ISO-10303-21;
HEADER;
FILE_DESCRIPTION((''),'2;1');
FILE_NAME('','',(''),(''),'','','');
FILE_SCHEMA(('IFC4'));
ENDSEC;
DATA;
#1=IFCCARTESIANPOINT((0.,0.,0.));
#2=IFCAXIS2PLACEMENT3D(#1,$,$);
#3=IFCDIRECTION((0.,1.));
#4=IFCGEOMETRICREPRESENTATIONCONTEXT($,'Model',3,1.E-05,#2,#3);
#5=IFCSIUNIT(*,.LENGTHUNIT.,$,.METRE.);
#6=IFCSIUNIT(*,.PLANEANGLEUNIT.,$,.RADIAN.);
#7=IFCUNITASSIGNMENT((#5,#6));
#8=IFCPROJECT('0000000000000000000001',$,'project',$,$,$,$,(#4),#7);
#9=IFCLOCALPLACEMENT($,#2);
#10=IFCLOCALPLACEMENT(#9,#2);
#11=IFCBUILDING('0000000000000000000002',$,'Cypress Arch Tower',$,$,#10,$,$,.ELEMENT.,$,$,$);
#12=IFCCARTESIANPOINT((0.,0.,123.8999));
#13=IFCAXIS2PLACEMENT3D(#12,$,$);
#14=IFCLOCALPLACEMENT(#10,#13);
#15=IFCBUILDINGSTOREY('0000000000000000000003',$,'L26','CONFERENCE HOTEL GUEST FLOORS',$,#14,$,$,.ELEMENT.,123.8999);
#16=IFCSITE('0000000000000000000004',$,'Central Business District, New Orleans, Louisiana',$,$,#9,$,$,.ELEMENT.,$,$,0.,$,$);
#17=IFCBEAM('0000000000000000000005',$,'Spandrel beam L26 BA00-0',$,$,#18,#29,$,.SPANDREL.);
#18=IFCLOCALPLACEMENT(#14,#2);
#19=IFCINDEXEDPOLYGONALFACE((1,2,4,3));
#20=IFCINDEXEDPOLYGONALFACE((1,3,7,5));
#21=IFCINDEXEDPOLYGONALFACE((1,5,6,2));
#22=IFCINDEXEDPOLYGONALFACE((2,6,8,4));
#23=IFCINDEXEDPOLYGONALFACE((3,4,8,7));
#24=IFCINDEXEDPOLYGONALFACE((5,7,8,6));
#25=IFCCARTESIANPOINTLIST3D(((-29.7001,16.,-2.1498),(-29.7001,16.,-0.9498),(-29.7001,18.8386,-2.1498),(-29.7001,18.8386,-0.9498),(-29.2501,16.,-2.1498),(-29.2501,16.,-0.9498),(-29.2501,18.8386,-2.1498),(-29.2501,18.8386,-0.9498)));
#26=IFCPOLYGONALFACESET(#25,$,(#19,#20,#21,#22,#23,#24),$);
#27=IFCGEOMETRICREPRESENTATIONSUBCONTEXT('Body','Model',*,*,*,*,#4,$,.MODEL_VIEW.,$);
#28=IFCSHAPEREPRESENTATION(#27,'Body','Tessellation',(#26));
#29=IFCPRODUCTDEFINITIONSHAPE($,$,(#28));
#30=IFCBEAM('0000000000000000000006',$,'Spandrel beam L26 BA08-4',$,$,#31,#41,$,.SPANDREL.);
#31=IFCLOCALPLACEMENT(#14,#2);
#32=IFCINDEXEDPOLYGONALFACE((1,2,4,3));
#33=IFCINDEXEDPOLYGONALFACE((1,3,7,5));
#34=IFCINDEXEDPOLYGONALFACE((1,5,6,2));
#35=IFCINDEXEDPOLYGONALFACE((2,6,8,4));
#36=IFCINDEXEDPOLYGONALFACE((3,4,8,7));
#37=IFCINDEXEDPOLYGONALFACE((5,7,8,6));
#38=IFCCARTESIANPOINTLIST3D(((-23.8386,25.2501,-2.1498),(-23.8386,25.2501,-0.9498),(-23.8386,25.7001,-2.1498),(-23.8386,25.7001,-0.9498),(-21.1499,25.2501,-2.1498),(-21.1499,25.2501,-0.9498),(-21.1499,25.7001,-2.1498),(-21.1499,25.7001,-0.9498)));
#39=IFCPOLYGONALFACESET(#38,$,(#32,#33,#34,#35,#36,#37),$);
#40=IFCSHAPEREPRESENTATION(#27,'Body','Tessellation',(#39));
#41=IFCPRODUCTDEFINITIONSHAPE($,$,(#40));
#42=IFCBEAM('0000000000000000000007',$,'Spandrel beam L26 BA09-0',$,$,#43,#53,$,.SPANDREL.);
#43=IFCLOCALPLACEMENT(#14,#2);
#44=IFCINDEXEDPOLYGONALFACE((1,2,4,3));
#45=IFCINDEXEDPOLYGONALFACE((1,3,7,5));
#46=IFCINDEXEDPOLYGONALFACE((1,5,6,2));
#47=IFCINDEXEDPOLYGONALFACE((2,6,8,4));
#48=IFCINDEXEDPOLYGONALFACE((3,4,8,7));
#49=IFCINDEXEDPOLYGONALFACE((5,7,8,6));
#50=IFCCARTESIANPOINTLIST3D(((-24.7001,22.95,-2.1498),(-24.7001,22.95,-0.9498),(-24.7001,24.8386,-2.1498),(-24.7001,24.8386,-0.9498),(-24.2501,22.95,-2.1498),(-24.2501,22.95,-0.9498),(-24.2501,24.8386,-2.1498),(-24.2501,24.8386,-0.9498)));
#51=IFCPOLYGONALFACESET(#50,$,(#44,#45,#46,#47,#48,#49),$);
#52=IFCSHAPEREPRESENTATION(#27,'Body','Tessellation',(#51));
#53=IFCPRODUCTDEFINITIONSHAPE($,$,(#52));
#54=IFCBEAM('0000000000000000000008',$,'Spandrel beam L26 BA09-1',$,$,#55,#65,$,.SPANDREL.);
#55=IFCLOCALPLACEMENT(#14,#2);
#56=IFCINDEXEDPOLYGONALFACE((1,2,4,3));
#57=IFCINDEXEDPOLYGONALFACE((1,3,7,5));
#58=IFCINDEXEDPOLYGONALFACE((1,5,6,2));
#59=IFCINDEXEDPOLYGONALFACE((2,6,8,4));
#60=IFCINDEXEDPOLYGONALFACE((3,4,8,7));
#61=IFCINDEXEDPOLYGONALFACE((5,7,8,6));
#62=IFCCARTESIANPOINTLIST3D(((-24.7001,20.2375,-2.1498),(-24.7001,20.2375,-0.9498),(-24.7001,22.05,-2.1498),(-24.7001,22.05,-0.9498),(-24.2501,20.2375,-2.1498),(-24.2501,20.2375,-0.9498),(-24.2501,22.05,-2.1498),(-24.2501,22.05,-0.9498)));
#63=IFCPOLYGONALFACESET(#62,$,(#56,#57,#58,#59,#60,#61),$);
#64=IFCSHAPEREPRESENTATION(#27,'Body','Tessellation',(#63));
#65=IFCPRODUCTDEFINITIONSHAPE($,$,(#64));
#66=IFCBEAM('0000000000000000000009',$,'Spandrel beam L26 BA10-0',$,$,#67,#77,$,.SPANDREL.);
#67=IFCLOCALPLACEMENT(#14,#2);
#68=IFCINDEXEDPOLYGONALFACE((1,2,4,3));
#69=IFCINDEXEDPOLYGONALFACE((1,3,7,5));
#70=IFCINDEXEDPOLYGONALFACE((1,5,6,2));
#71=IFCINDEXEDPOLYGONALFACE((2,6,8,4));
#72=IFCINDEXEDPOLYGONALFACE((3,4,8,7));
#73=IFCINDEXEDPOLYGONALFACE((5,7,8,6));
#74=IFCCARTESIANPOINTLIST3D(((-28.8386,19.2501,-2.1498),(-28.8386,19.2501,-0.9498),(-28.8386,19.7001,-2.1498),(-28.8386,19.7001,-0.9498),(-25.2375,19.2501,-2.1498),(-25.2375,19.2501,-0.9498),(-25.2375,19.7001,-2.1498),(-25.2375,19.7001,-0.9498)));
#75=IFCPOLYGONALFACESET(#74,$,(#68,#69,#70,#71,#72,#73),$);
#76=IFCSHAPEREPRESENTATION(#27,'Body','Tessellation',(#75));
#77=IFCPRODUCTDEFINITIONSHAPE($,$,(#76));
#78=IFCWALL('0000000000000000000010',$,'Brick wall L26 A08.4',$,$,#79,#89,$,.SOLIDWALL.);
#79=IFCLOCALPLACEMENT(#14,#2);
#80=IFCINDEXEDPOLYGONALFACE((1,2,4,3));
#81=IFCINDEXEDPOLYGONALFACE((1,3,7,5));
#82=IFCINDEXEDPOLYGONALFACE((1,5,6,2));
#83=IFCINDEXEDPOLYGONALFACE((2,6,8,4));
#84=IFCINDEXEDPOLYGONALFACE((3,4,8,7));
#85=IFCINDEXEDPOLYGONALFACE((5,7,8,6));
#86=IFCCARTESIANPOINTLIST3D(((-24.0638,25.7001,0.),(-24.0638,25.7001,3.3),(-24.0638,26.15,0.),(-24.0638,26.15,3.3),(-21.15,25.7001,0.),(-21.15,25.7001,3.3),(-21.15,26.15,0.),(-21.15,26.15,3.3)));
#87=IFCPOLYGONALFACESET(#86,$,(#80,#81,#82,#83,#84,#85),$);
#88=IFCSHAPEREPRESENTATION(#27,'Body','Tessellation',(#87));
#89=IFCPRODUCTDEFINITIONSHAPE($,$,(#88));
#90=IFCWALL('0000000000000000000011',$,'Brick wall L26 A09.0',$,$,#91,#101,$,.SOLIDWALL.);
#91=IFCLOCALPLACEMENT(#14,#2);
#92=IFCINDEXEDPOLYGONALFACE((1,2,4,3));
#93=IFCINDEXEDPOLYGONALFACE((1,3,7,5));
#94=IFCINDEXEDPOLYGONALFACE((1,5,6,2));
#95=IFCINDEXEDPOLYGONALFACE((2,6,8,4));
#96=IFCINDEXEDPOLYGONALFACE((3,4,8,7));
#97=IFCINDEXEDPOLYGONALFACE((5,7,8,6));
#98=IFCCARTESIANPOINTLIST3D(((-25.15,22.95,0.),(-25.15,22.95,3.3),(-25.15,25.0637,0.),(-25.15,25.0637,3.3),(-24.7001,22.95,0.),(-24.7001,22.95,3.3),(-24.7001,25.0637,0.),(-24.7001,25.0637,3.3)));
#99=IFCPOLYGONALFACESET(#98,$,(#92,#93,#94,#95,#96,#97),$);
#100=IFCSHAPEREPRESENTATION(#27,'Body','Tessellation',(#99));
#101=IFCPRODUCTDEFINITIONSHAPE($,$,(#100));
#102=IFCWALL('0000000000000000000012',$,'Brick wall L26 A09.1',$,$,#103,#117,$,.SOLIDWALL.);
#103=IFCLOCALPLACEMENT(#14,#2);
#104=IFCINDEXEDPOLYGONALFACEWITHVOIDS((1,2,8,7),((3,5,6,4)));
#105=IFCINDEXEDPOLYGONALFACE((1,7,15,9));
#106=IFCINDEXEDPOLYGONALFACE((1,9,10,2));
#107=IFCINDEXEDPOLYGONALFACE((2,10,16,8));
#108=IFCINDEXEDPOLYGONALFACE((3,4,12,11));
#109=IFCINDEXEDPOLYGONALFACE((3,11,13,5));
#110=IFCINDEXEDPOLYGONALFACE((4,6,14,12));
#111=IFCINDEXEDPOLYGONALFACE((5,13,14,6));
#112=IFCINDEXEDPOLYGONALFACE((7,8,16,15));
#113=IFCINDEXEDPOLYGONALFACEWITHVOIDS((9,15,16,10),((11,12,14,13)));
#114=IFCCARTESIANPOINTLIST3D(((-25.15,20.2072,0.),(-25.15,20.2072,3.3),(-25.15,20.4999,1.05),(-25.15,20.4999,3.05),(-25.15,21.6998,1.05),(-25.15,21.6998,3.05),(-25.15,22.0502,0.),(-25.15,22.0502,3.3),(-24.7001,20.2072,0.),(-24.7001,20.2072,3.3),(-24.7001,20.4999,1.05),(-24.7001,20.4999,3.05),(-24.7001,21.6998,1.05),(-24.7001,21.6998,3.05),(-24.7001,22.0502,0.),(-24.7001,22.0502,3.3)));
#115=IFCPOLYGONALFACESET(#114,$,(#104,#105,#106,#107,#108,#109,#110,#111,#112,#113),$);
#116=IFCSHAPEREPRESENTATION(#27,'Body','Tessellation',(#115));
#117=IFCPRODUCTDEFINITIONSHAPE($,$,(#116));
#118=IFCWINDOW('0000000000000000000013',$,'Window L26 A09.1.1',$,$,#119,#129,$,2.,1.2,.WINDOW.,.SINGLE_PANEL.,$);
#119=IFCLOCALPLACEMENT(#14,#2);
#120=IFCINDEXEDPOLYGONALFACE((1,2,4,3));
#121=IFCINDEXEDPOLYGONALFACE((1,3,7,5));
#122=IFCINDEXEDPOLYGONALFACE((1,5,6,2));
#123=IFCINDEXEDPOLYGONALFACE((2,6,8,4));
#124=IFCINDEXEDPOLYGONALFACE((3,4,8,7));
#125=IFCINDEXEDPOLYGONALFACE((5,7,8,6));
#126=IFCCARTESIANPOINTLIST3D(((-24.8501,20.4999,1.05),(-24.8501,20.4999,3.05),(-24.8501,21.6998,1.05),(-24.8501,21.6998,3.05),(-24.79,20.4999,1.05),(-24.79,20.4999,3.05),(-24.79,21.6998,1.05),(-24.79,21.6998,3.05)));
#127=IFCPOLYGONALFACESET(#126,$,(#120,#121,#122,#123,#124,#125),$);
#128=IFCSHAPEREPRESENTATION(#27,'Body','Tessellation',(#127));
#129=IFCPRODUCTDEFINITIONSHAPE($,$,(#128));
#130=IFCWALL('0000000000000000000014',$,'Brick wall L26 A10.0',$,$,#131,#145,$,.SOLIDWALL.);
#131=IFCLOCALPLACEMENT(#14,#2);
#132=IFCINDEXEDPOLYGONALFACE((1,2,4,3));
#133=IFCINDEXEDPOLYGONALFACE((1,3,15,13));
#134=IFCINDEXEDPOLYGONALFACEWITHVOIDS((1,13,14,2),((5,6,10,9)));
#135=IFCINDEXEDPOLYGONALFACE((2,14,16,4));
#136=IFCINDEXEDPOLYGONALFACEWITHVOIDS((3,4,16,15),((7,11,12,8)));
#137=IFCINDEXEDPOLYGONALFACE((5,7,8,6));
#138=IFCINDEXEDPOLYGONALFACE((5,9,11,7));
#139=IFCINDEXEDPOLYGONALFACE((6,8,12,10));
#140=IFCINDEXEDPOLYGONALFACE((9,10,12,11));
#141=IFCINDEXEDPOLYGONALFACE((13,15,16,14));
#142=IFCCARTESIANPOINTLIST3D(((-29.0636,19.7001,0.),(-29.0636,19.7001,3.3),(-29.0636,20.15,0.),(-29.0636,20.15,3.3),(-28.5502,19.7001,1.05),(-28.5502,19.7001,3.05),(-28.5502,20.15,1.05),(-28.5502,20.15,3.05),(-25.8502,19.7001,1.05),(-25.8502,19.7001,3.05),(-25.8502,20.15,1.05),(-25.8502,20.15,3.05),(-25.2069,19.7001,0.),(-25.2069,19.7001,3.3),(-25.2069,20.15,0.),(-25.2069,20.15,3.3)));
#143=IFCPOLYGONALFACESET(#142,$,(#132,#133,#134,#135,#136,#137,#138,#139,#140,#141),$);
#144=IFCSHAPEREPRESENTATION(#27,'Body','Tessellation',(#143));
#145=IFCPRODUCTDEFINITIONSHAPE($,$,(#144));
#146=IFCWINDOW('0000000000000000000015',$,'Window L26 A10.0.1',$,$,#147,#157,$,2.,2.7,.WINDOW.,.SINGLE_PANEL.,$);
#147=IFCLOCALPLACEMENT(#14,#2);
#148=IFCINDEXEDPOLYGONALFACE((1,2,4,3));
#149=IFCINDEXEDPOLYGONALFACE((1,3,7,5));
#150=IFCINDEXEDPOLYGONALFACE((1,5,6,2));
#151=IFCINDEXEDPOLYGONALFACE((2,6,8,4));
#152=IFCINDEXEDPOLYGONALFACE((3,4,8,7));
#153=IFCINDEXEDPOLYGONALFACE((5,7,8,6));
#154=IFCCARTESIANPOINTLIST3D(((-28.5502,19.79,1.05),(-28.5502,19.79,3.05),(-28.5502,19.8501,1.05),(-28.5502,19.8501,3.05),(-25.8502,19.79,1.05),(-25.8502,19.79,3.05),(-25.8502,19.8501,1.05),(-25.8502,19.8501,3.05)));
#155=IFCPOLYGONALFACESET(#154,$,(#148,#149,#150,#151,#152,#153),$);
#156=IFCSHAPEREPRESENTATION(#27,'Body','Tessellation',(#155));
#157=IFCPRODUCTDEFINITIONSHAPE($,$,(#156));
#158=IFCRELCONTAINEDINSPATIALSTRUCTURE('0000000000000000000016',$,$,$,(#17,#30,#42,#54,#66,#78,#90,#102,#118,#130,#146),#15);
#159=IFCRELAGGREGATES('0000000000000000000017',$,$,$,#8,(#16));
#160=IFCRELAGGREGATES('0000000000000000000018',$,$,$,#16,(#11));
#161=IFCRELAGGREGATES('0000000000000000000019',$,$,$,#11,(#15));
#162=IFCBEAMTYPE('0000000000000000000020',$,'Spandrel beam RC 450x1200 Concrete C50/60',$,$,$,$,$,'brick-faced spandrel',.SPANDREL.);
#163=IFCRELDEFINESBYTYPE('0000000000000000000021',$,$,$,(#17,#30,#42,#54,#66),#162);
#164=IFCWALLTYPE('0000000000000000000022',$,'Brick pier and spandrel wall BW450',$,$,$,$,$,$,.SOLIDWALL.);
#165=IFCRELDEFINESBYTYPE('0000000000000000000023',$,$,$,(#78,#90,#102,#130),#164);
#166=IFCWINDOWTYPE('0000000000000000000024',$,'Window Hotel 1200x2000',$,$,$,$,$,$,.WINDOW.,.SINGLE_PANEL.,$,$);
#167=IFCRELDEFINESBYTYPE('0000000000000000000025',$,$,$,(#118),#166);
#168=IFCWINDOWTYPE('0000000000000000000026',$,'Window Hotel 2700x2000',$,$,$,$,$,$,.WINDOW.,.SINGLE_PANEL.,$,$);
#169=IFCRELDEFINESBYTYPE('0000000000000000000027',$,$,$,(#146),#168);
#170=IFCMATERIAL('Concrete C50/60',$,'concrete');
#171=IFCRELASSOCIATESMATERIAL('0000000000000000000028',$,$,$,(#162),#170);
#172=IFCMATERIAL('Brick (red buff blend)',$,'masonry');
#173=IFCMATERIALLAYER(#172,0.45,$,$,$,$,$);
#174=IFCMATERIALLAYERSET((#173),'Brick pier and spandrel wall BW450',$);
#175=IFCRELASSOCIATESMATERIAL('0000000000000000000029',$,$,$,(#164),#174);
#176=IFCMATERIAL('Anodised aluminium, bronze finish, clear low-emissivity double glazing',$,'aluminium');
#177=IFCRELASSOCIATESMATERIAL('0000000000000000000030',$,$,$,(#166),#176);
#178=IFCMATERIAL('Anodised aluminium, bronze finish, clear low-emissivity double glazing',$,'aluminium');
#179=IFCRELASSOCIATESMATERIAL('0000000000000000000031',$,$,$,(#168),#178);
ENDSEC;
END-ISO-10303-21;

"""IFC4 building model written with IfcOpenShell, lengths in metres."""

from ifc_helpers import new_model, si_unit, direction, frame, frame_2d, origin, origin_2d, place, context, subcontext, project, spatial, rectangle, extrude, material, layer, layer_set, material_profile, profile_set, type_object, element, fill, save


model = new_model("IFC4")

# Units and contexts
model_context = context("Model", 3, precision=1e-05, world=origin(), true_north=direction((0.0, 1.0)))
body_context = subcontext(model_context, "Body", "Model", "MODEL_VIEW")
ifc_project = project(units=[si_unit("LENGTHUNIT", "METRE"), si_unit("PLANEANGLEUNIT", "RADIAN")], contexts=[model_context])

# Site, building, storey
site_placement = place(None, origin())
site = spatial("IfcSite", under=ifc_project, at=site_placement, Name="Central Business District, New Orleans, Louisiana", CompositionType="ELEMENT", RefElevation=0.0)
building_placement = place(site_placement, origin())
building = spatial("IfcBuilding", under=site, at=building_placement, Name="Cypress Arch Tower", CompositionType="ELEMENT")
storey_placement = place(building_placement, frame((0.0, 0.0, 123.8999)))
storey = spatial("IfcBuildingStorey", under=building, at=storey_placement, Name="L26", Description="CONFERENCE HOTEL GUEST FLOORS", CompositionType="ELEMENT", Elevation=123.8999)

# Beams
ifc_material_1 = material(Name="Concrete C50/60", Category="concrete")
ifc_material_profile_1 = material_profile(ifc_material_1, rectangle(XDim=0.45, YDim=1.2, at=origin_2d()), Name="RC 450x1200")
ifc_profile_set_1 = profile_set([ifc_material_profile_1], Name="Concrete C50/60")
beam_type_1 = type_object("IfcBeamType", Name="Spandrel beam RC 450x1200 Concrete C50/60", ElementType="brick-faced spandrel", PredefinedType="SPANDREL", material=ifc_profile_set_1)
beam_1_placement = place(storey_placement, frame((-29.4751, 18.8386, -1.5498), z_axis=(0.0, -1.0, 0.0), x_axis=(1.0, 0.0, 0.0)))
element("IfcBeam", 1, at=beam_1_placement, inside=storey, type_object=beam_type_1, Name="Spandrel beam L26 BA00-0", PredefinedType="SPANDREL", context=body_context, shape_type="SweptSolid", body=[
    extrude(rectangle(XDim=0.45, YDim=1.2, at=origin_2d()), origin(), (0.0, 0.0, 1.0), 2.8386),
])
beam_2_placement = place(storey_placement, frame((-21.1499, 25.4751, -1.5498), z_axis=(-1.0, 0.0, 0.0), x_axis=(0.0, -1.0, 0.0)))
element("IfcBeam", 2, at=beam_2_placement, inside=storey, type_object=beam_type_1, Name="Spandrel beam L26 BA08-4", PredefinedType="SPANDREL", context=body_context, shape_type="SweptSolid", body=[
    extrude(rectangle(XDim=0.45, YDim=1.2, at=origin_2d()), origin(), (0.0, 0.0, 1.0), 2.6887),
])
beam_3_placement = place(storey_placement, frame((-24.4751, 24.8386, -1.5498), z_axis=(0.0, -1.0, 0.0), x_axis=(1.0, 0.0, 0.0)))
element("IfcBeam", 3, at=beam_3_placement, inside=storey, type_object=beam_type_1, Name="Spandrel beam L26 BA09-0", PredefinedType="SPANDREL", context=body_context, shape_type="SweptSolid", body=[
    extrude(rectangle(XDim=0.45, YDim=1.2, at=origin_2d()), origin(), (0.0, 0.0, 1.0), 1.8887),
])
beam_4_placement = place(storey_placement, frame((-24.4751, 22.05, -1.5498), z_axis=(0.0, -1.0, 0.0), x_axis=(1.0, 0.0, 0.0)))
element("IfcBeam", 4, at=beam_4_placement, inside=storey, type_object=beam_type_1, Name="Spandrel beam L26 BA09-1", PredefinedType="SPANDREL", context=body_context, shape_type="SweptSolid", body=[
    extrude(rectangle(XDim=0.45, YDim=1.2, at=origin_2d()), origin(), (0.0, 0.0, 1.0), 1.8125),
])
beam_5_placement = place(storey_placement, frame((-25.2375, 19.4751, -1.5498), z_axis=(-1.0, 0.0, 0.0), x_axis=(0.0, -1.0, 0.0)))
element("IfcBeam", 5, at=beam_5_placement, inside=storey, type_object=beam_type_1, Name="Spandrel beam L26 BA10-0", PredefinedType="SPANDREL", context=body_context, shape_type="SweptSolid", body=[
    extrude(rectangle(XDim=0.45, YDim=1.2, at=origin_2d()), origin(), (0.0, 0.0, 1.0), 3.6011),
])

# Shared definitions
ifc_material_2 = material(Name="Brick (red buff blend)", Category="masonry")
ifc_layer_1 = layer(ifc_material_2, 0.45)
ifc_layer_set_1 = layer_set([ifc_layer_1], Name="Brick pier and spandrel wall BW450")
wall_type_1 = type_object("IfcWallType", Name="Brick pier and spandrel wall BW450", PredefinedType="SOLIDWALL", material=ifc_layer_set_1)

# Walls
wall_1_placement = place(storey_placement, frame((-21.1499, 25.925, 0.0), z_axis=(0.0, 0.0, 1.0), x_axis=(-1.0, 0.0, 0.0)))
element("IfcWall", 6, at=wall_1_placement, inside=storey, type_object=wall_type_1, Name="Brick wall L26 A08.4", PredefinedType="SOLIDWALL", context=body_context, shape_type="SweptSolid", body=[
    extrude(rectangle(XDim=2.9138, YDim=0.45, at=frame_2d((1.457, 0.0))), origin(), (0.0, 0.0, 1.0), 3.3),
])
wall_2_placement = place(storey_placement, frame((-24.925, 25.0637, 0.0), z_axis=(0.0, 0.0, 1.0), x_axis=(0.0, -1.0, 0.0)))
element("IfcWall", 7, at=wall_2_placement, inside=storey, type_object=wall_type_1, Name="Brick wall L26 A09.0", PredefinedType="SOLIDWALL", context=body_context, shape_type="SweptSolid", body=[
    extrude(rectangle(XDim=2.1138, YDim=0.45, at=frame_2d((1.0569, 0.0))), origin(), (0.0, 0.0, 1.0), 3.3),
])

# Walls, openings, windows
wall_3_placement = place(storey_placement, frame((-24.925, 22.05, 0.0), z_axis=(0.0, 0.0, 1.0), x_axis=(0.0, -1.0, 0.0)))
wall_3 = element("IfcWall", 8, at=wall_3_placement, inside=storey, type_object=wall_type_1, Name="Brick wall L26 A09.1", PredefinedType="SOLIDWALL", context=body_context, shape_type="SweptSolid", body=[
    extrude(rectangle(XDim=1.843, YDim=0.45, at=frame_2d((0.9214, 0.0))), origin(), (0.0, 0.0, 1.0), 3.3),
])
opening_1_placement = place(wall_3_placement, frame((0.3501, 0.0, 1.05)))
opening_1 = element("IfcOpeningElement", 9, at=opening_1_placement, cuts=wall_3, PredefinedType="OPENING", context=body_context, shape_type="SweptSolid", body=[
    extrude(rectangle(XDim=1.2, YDim=2.0, at=frame_2d((0.6001, 1.0))), frame((0.0, 0.2349, 0.0), z_axis=(0.0, -1.0, 0.0), x_axis=(1.0, 0.0, 0.0)), (0.0, 0.0, 1.0), 0.47),
])
ifc_material_3 = material(Name="Anodised aluminium, bronze finish, clear low-emissivity double glazing", Category="aluminium")
window_type_1 = type_object("IfcWindowType", Name="Window Hotel 1200x2000", PartitioningType="SINGLE_PANEL", PredefinedType="WINDOW", material=ifc_material_3)
window_1_placement = place(opening_1_placement, origin())
window_1 = element("IfcWindow", 10, at=window_1_placement, inside=storey, type_object=window_type_1, Name="Window L26 A09.1.1", OverallHeight=2.0, OverallWidth=1.2, PartitioningType="SINGLE_PANEL", PredefinedType="WINDOW", context=body_context, shape_type="SweptSolid", body=[
    extrude(rectangle(XDim=1.2, YDim=2.0, at=frame_2d((0.6001, 1.0))), frame((0.0, 0.135, 0.0), z_axis=(0.0, -1.0, 0.0), x_axis=(1.0, 0.0, 0.0)), (0.0, 0.0, 1.0), 0.0601),
])
fill(opening_1, window_1)
wall_4_placement = place(storey_placement, frame((-25.207, 19.925, 0.0), z_axis=(0.0, 0.0, 1.0), x_axis=(-1.0, 0.0, 0.0)))
wall_4 = element("IfcWall", 11, at=wall_4_placement, inside=storey, type_object=wall_type_1, Name="Brick wall L26 A10.0", PredefinedType="SOLIDWALL", context=body_context, shape_type="SweptSolid", body=[
    extrude(rectangle(XDim=3.8567, YDim=0.45, at=frame_2d((1.9282, 0.0))), origin(), (0.0, 0.0, 1.0), 3.3),
])
opening_2_placement = place(wall_4_placement, frame((0.6431, 0.0, 1.05)))
opening_2 = element("IfcOpeningElement", 12, at=opening_2_placement, cuts=wall_4, PredefinedType="OPENING", context=body_context, shape_type="SweptSolid", body=[
    extrude(rectangle(XDim=2.7, YDim=2.0, at=frame_2d((1.3501, 1.0))), frame((0.0, 0.2349, 0.0), z_axis=(0.0, -1.0, 0.0), x_axis=(1.0, 0.0, 0.0)), (0.0, 0.0, 1.0), 0.47),
])
ifc_material_4 = material(Name="Anodised aluminium, bronze finish, clear low-emissivity double glazing", Category="aluminium")
window_type_2 = type_object("IfcWindowType", Name="Window Hotel 2700x2000", PartitioningType="SINGLE_PANEL", PredefinedType="WINDOW", material=ifc_material_4)
window_2_placement = place(opening_2_placement, origin())
window_2 = element("IfcWindow", 13, at=window_2_placement, inside=storey, type_object=window_type_2, Name="Window L26 A10.0.1", OverallHeight=2.0, OverallWidth=2.7, PartitioningType="SINGLE_PANEL", PredefinedType="WINDOW", context=body_context, shape_type="SweptSolid", body=[
    extrude(rectangle(XDim=2.7, YDim=2.0, at=frame_2d((1.3501, 1.0))), frame((0.0, 0.135, 0.0), z_axis=(0.0, -1.0, 0.0), x_axis=(1.0, 0.0, 0.0)), (0.0, 0.0, 1.0), 0.0601),
])
fill(opening_2, window_2)

save(model, "model.ifc")
